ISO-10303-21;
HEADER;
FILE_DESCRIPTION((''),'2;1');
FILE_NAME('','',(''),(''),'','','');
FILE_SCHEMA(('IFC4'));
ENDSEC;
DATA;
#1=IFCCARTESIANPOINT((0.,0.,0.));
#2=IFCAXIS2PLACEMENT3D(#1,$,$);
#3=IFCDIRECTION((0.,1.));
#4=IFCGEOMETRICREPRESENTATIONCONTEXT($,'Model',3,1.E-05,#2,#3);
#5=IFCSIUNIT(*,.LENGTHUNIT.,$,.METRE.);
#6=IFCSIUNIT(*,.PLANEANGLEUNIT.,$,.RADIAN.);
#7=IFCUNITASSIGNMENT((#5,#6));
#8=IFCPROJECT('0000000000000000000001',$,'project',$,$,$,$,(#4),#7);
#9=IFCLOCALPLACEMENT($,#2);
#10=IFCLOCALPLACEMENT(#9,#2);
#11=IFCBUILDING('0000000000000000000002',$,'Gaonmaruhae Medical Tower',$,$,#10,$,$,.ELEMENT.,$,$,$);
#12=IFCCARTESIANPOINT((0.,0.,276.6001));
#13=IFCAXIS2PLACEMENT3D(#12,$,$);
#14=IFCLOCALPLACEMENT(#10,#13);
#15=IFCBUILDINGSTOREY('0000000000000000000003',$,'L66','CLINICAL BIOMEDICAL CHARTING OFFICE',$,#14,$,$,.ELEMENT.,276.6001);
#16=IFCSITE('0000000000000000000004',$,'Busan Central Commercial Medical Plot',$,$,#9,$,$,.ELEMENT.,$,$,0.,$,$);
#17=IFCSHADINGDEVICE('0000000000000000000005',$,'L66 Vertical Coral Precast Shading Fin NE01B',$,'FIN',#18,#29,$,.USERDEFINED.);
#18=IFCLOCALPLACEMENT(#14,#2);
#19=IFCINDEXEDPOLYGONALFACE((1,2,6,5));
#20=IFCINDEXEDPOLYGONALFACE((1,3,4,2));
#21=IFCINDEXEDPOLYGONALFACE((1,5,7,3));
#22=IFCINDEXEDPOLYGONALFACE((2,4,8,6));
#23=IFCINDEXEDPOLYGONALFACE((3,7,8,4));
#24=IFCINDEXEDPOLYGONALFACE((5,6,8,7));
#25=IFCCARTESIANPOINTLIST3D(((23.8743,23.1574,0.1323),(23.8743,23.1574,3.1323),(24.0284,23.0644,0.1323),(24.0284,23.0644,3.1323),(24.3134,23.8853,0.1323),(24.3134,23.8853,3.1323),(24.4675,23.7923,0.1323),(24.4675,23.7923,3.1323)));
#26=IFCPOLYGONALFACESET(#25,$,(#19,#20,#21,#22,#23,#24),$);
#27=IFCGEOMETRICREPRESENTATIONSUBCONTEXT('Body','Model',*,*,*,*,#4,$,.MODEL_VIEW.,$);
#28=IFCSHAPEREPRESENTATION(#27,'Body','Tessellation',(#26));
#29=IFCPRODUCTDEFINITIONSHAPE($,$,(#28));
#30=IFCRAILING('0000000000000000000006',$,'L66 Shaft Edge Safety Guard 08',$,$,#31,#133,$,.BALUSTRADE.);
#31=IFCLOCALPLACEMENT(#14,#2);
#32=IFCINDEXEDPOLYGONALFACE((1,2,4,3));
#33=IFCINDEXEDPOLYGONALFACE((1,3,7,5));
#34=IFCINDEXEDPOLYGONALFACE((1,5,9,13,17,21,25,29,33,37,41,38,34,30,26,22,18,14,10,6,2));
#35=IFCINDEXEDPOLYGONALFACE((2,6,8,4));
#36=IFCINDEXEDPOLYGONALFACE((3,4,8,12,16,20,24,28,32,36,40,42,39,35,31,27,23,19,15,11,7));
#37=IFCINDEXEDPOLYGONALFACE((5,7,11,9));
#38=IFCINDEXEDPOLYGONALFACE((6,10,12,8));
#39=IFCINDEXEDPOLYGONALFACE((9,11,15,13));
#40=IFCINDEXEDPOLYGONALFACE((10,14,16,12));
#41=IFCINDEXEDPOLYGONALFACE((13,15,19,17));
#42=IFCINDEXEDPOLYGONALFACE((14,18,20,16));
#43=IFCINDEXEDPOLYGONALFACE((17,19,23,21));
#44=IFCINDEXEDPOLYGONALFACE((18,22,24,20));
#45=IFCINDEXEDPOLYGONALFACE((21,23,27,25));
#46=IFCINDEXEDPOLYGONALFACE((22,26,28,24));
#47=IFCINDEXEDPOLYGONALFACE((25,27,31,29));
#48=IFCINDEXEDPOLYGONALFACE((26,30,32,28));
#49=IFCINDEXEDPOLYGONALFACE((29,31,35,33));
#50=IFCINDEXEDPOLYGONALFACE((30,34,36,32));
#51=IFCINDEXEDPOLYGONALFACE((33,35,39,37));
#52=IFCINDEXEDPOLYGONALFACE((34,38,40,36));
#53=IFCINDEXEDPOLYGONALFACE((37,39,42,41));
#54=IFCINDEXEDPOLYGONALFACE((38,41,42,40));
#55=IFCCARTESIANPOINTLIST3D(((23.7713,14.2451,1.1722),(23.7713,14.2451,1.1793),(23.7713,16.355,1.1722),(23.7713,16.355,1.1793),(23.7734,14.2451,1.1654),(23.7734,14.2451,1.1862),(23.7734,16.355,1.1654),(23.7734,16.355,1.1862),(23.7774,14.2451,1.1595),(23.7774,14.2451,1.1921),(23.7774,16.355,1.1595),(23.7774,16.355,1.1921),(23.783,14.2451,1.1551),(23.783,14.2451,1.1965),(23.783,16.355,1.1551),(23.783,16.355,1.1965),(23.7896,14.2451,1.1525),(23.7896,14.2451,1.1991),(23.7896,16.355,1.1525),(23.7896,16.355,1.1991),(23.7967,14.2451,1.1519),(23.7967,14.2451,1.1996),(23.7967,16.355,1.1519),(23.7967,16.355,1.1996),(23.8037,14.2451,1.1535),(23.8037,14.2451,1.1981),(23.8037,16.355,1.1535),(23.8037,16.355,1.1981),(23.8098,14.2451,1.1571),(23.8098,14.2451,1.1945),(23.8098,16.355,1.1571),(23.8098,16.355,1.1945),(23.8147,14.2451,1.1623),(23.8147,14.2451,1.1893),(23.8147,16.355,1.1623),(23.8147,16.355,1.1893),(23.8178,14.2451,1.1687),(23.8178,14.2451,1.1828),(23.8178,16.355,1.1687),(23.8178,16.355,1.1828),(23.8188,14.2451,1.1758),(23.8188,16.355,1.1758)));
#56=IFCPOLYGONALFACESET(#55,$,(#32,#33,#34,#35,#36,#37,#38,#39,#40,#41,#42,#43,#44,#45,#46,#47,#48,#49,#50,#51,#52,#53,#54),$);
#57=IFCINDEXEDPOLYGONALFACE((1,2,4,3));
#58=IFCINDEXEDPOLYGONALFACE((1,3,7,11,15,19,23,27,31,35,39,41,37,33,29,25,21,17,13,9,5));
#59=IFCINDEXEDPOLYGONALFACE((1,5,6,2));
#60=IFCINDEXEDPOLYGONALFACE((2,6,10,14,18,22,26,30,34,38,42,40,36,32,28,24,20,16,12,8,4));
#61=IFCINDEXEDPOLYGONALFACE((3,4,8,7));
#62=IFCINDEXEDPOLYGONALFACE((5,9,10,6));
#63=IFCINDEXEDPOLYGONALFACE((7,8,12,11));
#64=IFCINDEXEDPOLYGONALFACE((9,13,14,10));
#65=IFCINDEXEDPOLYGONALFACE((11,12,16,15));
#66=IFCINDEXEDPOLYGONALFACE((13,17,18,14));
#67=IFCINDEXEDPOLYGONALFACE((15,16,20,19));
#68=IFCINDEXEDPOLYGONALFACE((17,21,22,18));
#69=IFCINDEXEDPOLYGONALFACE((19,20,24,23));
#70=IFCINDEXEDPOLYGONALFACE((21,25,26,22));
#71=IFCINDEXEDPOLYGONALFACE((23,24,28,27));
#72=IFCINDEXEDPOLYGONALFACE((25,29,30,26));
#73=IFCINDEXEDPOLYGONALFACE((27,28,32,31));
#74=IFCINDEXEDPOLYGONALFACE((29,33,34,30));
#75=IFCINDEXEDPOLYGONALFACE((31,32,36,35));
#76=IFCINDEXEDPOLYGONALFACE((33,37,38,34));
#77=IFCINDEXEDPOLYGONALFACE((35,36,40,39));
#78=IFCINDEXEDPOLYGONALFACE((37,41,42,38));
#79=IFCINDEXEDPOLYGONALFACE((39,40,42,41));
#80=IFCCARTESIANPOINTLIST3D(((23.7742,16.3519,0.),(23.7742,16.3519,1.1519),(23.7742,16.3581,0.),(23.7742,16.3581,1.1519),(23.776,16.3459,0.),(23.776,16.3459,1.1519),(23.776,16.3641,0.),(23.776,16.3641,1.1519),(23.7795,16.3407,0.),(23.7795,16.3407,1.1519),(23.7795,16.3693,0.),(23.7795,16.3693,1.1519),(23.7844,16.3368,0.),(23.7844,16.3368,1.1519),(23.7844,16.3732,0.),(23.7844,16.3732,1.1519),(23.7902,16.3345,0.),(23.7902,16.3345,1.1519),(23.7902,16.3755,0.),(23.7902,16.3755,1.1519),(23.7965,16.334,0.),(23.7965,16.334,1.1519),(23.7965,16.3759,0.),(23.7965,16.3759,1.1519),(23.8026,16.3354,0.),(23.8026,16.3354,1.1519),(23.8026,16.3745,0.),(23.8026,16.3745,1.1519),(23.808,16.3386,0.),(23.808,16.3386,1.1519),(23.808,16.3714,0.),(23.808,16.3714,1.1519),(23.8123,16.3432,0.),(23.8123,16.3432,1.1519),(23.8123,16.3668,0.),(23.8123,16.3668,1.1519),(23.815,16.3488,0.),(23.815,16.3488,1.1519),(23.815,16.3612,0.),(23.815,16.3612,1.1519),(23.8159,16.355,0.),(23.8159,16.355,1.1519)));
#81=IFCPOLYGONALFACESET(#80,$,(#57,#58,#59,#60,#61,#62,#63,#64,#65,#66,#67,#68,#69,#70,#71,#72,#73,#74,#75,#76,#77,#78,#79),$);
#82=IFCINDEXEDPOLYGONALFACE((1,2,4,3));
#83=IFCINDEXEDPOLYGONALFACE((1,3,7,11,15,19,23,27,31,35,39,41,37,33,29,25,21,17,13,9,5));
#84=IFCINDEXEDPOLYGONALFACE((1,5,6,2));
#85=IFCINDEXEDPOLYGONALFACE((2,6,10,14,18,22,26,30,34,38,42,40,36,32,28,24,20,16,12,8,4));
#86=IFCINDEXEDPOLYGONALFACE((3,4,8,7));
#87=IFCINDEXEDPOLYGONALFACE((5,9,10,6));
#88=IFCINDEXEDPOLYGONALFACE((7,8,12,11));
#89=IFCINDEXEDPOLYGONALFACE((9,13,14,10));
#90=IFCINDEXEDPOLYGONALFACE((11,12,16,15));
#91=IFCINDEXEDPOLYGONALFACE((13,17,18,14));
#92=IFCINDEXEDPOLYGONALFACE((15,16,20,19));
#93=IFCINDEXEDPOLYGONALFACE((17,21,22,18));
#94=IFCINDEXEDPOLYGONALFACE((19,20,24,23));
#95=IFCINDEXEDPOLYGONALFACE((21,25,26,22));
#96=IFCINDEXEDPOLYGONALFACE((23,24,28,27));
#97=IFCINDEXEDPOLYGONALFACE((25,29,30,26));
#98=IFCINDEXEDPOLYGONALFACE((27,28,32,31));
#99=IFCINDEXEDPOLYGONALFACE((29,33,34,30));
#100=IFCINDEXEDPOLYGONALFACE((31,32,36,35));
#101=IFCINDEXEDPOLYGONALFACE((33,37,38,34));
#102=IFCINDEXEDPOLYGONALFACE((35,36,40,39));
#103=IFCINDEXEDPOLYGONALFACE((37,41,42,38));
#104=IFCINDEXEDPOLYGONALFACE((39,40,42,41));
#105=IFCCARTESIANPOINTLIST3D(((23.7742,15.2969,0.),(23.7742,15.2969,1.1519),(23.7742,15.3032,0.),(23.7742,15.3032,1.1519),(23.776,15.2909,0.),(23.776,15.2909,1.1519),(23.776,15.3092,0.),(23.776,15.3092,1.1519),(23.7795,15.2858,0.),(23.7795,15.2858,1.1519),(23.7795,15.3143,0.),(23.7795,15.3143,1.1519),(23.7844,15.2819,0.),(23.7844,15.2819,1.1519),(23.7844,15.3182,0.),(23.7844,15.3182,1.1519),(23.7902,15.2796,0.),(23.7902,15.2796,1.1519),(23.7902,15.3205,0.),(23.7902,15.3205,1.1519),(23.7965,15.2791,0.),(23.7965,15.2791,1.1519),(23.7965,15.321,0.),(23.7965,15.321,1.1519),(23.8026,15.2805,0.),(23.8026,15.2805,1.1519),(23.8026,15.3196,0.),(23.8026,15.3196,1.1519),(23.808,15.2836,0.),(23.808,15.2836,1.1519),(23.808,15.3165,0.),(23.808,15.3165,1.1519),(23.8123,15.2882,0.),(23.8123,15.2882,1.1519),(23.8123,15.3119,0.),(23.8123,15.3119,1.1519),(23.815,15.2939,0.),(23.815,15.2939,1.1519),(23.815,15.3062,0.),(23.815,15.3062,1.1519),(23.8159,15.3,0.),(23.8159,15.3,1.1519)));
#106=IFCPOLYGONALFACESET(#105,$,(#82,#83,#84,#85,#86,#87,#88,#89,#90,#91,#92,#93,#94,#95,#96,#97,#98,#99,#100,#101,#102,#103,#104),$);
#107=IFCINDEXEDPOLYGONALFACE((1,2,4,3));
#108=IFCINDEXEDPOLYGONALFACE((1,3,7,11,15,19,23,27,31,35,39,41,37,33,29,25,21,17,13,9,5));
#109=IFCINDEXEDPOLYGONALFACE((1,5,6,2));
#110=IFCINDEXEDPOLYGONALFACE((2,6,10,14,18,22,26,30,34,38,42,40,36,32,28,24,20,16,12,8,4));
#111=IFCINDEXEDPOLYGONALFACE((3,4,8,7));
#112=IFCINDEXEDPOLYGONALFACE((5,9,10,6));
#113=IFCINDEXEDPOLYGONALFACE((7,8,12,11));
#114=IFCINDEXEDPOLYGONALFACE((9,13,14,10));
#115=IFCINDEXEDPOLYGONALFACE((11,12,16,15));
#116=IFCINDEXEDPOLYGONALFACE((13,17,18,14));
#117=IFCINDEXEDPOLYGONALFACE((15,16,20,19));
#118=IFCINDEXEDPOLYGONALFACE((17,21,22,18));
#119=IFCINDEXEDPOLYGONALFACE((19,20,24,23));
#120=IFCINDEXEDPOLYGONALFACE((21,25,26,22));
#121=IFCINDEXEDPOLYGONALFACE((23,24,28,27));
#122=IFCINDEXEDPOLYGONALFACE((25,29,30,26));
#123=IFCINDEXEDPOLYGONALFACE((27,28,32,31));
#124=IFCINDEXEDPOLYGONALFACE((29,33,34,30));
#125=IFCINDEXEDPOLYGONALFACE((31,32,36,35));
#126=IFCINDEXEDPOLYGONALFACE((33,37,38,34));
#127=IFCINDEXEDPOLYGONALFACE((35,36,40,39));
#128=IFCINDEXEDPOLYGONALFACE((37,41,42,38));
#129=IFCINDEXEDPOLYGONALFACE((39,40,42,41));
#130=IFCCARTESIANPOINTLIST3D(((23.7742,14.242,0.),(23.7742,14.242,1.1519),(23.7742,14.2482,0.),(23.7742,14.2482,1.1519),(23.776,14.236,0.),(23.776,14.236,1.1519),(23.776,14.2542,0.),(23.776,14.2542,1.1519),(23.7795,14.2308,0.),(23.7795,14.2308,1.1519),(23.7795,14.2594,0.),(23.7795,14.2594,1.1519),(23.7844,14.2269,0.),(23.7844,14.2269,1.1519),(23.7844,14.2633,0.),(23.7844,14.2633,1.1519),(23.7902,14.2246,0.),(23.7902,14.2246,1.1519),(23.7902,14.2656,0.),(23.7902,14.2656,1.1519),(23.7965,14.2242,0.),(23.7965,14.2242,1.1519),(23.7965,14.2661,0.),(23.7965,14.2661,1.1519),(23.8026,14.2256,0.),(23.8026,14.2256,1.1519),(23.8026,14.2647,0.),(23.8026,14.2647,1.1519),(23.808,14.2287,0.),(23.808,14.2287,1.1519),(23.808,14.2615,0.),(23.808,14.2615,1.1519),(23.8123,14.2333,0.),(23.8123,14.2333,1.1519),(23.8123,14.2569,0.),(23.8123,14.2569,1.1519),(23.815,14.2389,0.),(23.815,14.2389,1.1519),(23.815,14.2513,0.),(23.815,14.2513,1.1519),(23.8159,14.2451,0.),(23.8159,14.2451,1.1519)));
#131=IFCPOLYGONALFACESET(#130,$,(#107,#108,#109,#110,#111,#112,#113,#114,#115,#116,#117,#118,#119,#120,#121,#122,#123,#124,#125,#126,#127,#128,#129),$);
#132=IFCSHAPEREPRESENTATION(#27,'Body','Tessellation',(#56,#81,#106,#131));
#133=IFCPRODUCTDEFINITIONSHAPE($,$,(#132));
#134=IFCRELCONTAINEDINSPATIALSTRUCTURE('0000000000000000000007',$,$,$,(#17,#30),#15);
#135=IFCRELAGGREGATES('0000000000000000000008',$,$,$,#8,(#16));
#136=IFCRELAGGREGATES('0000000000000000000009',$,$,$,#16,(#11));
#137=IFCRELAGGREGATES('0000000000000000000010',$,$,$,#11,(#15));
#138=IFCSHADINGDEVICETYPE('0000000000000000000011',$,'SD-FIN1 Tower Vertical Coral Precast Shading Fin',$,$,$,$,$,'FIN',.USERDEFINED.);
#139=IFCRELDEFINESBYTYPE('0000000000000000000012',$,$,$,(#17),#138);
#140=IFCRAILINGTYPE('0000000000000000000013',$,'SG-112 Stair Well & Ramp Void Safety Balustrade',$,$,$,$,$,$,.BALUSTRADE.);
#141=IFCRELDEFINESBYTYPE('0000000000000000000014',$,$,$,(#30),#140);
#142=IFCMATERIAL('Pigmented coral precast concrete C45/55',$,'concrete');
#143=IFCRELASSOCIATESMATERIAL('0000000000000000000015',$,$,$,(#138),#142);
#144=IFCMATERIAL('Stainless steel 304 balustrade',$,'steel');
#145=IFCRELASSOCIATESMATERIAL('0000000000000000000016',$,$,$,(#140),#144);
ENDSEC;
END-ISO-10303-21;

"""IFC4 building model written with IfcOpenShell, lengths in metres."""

from ifc_helpers import new_model, si_unit, direction, frame, origin, origin_2d, place, context, subcontext, project, spatial, rectangle, circle, extrude, material, type_object, element, save


model = new_model("IFC4")

# Units and contexts
model_context = context("Model", 3, precision=1e-05, world=origin(), true_north=direction((0.0, 1.0)))
body_context = subcontext(model_context, "Body", "Model", "MODEL_VIEW")
ifc_project = project(units=[si_unit("LENGTHUNIT", "METRE"), si_unit("PLANEANGLEUNIT", "RADIAN")], contexts=[model_context])

# Site, building, storey
site_placement = place(None, origin())
site = spatial("IfcSite", under=ifc_project, at=site_placement, Name="Busan Central Commercial Medical Plot", CompositionType="ELEMENT", RefElevation=0.0)
building_placement = place(site_placement, origin())
building = spatial("IfcBuilding", under=site, at=building_placement, Name="Gaonmaruhae Medical Tower", CompositionType="ELEMENT")
storey_placement = place(building_placement, frame((0.0, 0.0, 276.6001)))
storey = spatial("IfcBuildingStorey", under=building, at=storey_placement, Name="L66", Description="CLINICAL BIOMEDICAL CHARTING OFFICE", CompositionType="ELEMENT", Elevation=276.6001)

# Shading device
ifc_material_1 = material(Name="Pigmented coral precast concrete C45/55", Category="concrete")
shading_device_type = type_object("IfcShadingDeviceType", Name="SD-FIN1 Tower Vertical Coral Precast Shading Fin", ElementType="FIN", PredefinedType="USERDEFINED", material=ifc_material_1)
shading_device_placement = place(storey_placement, frame((24.1709, 23.4749, 0.1323), z_axis=(0.0, 0.0, 1.0), x_axis=(0.856267, -0.516533, 0.0)))
element("IfcShadingDevice", 1, at=shading_device_placement, inside=storey, type_object=shading_device_type, Name="L66 Vertical Coral Precast Shading Fin NE01B", ObjectType="FIN", PredefinedType="USERDEFINED", context=body_context, shape_type="SweptSolid", body=[
    extrude(rectangle(XDim=0.1799, YDim=0.8501, at=origin_2d()), origin(), (0.0, 0.0, 1.0), 3.0),
])

# Railing
ifc_material_2 = material(Name="Stainless steel 304 balustrade", Category="steel")
railing_type = type_object("IfcRailingType", Name="SG-112 Stair Well & Ramp Void Safety Balustrade", PredefinedType="BALUSTRADE", material=ifc_material_2)
railing_1_placement = place(storey_placement, frame((23.7949, 16.355, 0.0)))
element("IfcRailing", 2, at=railing_1_placement, inside=storey, type_object=railing_type, Name="L66 Shaft Edge Safety Guard 08", PredefinedType="BALUSTRADE", context=body_context, shape_type="SweptSolid", body=[
    extrude(circle(Radius=0.0239, at=origin_2d()), frame((0.0, 0.0, 1.1758), z_axis=(0.0, -1.0, 0.0), x_axis=(1.0, 0.0, 0.0)), (0.0, 0.0, 1.0), 2.1099),
    extrude(circle(Radius=0.021, at=origin_2d()), origin(), (0.0, 0.0, 1.0), 1.1519),
    extrude(circle(Radius=0.021, at=origin_2d()), frame((0.0, -1.0549, 0.0)), (0.0, 0.0, 1.0), 1.1519),
    extrude(circle(Radius=0.021, at=origin_2d()), frame((0.0, -2.1099, 0.0)), (0.0, 0.0, 1.0), 1.1519),
])

save(model, "model.ifc")
